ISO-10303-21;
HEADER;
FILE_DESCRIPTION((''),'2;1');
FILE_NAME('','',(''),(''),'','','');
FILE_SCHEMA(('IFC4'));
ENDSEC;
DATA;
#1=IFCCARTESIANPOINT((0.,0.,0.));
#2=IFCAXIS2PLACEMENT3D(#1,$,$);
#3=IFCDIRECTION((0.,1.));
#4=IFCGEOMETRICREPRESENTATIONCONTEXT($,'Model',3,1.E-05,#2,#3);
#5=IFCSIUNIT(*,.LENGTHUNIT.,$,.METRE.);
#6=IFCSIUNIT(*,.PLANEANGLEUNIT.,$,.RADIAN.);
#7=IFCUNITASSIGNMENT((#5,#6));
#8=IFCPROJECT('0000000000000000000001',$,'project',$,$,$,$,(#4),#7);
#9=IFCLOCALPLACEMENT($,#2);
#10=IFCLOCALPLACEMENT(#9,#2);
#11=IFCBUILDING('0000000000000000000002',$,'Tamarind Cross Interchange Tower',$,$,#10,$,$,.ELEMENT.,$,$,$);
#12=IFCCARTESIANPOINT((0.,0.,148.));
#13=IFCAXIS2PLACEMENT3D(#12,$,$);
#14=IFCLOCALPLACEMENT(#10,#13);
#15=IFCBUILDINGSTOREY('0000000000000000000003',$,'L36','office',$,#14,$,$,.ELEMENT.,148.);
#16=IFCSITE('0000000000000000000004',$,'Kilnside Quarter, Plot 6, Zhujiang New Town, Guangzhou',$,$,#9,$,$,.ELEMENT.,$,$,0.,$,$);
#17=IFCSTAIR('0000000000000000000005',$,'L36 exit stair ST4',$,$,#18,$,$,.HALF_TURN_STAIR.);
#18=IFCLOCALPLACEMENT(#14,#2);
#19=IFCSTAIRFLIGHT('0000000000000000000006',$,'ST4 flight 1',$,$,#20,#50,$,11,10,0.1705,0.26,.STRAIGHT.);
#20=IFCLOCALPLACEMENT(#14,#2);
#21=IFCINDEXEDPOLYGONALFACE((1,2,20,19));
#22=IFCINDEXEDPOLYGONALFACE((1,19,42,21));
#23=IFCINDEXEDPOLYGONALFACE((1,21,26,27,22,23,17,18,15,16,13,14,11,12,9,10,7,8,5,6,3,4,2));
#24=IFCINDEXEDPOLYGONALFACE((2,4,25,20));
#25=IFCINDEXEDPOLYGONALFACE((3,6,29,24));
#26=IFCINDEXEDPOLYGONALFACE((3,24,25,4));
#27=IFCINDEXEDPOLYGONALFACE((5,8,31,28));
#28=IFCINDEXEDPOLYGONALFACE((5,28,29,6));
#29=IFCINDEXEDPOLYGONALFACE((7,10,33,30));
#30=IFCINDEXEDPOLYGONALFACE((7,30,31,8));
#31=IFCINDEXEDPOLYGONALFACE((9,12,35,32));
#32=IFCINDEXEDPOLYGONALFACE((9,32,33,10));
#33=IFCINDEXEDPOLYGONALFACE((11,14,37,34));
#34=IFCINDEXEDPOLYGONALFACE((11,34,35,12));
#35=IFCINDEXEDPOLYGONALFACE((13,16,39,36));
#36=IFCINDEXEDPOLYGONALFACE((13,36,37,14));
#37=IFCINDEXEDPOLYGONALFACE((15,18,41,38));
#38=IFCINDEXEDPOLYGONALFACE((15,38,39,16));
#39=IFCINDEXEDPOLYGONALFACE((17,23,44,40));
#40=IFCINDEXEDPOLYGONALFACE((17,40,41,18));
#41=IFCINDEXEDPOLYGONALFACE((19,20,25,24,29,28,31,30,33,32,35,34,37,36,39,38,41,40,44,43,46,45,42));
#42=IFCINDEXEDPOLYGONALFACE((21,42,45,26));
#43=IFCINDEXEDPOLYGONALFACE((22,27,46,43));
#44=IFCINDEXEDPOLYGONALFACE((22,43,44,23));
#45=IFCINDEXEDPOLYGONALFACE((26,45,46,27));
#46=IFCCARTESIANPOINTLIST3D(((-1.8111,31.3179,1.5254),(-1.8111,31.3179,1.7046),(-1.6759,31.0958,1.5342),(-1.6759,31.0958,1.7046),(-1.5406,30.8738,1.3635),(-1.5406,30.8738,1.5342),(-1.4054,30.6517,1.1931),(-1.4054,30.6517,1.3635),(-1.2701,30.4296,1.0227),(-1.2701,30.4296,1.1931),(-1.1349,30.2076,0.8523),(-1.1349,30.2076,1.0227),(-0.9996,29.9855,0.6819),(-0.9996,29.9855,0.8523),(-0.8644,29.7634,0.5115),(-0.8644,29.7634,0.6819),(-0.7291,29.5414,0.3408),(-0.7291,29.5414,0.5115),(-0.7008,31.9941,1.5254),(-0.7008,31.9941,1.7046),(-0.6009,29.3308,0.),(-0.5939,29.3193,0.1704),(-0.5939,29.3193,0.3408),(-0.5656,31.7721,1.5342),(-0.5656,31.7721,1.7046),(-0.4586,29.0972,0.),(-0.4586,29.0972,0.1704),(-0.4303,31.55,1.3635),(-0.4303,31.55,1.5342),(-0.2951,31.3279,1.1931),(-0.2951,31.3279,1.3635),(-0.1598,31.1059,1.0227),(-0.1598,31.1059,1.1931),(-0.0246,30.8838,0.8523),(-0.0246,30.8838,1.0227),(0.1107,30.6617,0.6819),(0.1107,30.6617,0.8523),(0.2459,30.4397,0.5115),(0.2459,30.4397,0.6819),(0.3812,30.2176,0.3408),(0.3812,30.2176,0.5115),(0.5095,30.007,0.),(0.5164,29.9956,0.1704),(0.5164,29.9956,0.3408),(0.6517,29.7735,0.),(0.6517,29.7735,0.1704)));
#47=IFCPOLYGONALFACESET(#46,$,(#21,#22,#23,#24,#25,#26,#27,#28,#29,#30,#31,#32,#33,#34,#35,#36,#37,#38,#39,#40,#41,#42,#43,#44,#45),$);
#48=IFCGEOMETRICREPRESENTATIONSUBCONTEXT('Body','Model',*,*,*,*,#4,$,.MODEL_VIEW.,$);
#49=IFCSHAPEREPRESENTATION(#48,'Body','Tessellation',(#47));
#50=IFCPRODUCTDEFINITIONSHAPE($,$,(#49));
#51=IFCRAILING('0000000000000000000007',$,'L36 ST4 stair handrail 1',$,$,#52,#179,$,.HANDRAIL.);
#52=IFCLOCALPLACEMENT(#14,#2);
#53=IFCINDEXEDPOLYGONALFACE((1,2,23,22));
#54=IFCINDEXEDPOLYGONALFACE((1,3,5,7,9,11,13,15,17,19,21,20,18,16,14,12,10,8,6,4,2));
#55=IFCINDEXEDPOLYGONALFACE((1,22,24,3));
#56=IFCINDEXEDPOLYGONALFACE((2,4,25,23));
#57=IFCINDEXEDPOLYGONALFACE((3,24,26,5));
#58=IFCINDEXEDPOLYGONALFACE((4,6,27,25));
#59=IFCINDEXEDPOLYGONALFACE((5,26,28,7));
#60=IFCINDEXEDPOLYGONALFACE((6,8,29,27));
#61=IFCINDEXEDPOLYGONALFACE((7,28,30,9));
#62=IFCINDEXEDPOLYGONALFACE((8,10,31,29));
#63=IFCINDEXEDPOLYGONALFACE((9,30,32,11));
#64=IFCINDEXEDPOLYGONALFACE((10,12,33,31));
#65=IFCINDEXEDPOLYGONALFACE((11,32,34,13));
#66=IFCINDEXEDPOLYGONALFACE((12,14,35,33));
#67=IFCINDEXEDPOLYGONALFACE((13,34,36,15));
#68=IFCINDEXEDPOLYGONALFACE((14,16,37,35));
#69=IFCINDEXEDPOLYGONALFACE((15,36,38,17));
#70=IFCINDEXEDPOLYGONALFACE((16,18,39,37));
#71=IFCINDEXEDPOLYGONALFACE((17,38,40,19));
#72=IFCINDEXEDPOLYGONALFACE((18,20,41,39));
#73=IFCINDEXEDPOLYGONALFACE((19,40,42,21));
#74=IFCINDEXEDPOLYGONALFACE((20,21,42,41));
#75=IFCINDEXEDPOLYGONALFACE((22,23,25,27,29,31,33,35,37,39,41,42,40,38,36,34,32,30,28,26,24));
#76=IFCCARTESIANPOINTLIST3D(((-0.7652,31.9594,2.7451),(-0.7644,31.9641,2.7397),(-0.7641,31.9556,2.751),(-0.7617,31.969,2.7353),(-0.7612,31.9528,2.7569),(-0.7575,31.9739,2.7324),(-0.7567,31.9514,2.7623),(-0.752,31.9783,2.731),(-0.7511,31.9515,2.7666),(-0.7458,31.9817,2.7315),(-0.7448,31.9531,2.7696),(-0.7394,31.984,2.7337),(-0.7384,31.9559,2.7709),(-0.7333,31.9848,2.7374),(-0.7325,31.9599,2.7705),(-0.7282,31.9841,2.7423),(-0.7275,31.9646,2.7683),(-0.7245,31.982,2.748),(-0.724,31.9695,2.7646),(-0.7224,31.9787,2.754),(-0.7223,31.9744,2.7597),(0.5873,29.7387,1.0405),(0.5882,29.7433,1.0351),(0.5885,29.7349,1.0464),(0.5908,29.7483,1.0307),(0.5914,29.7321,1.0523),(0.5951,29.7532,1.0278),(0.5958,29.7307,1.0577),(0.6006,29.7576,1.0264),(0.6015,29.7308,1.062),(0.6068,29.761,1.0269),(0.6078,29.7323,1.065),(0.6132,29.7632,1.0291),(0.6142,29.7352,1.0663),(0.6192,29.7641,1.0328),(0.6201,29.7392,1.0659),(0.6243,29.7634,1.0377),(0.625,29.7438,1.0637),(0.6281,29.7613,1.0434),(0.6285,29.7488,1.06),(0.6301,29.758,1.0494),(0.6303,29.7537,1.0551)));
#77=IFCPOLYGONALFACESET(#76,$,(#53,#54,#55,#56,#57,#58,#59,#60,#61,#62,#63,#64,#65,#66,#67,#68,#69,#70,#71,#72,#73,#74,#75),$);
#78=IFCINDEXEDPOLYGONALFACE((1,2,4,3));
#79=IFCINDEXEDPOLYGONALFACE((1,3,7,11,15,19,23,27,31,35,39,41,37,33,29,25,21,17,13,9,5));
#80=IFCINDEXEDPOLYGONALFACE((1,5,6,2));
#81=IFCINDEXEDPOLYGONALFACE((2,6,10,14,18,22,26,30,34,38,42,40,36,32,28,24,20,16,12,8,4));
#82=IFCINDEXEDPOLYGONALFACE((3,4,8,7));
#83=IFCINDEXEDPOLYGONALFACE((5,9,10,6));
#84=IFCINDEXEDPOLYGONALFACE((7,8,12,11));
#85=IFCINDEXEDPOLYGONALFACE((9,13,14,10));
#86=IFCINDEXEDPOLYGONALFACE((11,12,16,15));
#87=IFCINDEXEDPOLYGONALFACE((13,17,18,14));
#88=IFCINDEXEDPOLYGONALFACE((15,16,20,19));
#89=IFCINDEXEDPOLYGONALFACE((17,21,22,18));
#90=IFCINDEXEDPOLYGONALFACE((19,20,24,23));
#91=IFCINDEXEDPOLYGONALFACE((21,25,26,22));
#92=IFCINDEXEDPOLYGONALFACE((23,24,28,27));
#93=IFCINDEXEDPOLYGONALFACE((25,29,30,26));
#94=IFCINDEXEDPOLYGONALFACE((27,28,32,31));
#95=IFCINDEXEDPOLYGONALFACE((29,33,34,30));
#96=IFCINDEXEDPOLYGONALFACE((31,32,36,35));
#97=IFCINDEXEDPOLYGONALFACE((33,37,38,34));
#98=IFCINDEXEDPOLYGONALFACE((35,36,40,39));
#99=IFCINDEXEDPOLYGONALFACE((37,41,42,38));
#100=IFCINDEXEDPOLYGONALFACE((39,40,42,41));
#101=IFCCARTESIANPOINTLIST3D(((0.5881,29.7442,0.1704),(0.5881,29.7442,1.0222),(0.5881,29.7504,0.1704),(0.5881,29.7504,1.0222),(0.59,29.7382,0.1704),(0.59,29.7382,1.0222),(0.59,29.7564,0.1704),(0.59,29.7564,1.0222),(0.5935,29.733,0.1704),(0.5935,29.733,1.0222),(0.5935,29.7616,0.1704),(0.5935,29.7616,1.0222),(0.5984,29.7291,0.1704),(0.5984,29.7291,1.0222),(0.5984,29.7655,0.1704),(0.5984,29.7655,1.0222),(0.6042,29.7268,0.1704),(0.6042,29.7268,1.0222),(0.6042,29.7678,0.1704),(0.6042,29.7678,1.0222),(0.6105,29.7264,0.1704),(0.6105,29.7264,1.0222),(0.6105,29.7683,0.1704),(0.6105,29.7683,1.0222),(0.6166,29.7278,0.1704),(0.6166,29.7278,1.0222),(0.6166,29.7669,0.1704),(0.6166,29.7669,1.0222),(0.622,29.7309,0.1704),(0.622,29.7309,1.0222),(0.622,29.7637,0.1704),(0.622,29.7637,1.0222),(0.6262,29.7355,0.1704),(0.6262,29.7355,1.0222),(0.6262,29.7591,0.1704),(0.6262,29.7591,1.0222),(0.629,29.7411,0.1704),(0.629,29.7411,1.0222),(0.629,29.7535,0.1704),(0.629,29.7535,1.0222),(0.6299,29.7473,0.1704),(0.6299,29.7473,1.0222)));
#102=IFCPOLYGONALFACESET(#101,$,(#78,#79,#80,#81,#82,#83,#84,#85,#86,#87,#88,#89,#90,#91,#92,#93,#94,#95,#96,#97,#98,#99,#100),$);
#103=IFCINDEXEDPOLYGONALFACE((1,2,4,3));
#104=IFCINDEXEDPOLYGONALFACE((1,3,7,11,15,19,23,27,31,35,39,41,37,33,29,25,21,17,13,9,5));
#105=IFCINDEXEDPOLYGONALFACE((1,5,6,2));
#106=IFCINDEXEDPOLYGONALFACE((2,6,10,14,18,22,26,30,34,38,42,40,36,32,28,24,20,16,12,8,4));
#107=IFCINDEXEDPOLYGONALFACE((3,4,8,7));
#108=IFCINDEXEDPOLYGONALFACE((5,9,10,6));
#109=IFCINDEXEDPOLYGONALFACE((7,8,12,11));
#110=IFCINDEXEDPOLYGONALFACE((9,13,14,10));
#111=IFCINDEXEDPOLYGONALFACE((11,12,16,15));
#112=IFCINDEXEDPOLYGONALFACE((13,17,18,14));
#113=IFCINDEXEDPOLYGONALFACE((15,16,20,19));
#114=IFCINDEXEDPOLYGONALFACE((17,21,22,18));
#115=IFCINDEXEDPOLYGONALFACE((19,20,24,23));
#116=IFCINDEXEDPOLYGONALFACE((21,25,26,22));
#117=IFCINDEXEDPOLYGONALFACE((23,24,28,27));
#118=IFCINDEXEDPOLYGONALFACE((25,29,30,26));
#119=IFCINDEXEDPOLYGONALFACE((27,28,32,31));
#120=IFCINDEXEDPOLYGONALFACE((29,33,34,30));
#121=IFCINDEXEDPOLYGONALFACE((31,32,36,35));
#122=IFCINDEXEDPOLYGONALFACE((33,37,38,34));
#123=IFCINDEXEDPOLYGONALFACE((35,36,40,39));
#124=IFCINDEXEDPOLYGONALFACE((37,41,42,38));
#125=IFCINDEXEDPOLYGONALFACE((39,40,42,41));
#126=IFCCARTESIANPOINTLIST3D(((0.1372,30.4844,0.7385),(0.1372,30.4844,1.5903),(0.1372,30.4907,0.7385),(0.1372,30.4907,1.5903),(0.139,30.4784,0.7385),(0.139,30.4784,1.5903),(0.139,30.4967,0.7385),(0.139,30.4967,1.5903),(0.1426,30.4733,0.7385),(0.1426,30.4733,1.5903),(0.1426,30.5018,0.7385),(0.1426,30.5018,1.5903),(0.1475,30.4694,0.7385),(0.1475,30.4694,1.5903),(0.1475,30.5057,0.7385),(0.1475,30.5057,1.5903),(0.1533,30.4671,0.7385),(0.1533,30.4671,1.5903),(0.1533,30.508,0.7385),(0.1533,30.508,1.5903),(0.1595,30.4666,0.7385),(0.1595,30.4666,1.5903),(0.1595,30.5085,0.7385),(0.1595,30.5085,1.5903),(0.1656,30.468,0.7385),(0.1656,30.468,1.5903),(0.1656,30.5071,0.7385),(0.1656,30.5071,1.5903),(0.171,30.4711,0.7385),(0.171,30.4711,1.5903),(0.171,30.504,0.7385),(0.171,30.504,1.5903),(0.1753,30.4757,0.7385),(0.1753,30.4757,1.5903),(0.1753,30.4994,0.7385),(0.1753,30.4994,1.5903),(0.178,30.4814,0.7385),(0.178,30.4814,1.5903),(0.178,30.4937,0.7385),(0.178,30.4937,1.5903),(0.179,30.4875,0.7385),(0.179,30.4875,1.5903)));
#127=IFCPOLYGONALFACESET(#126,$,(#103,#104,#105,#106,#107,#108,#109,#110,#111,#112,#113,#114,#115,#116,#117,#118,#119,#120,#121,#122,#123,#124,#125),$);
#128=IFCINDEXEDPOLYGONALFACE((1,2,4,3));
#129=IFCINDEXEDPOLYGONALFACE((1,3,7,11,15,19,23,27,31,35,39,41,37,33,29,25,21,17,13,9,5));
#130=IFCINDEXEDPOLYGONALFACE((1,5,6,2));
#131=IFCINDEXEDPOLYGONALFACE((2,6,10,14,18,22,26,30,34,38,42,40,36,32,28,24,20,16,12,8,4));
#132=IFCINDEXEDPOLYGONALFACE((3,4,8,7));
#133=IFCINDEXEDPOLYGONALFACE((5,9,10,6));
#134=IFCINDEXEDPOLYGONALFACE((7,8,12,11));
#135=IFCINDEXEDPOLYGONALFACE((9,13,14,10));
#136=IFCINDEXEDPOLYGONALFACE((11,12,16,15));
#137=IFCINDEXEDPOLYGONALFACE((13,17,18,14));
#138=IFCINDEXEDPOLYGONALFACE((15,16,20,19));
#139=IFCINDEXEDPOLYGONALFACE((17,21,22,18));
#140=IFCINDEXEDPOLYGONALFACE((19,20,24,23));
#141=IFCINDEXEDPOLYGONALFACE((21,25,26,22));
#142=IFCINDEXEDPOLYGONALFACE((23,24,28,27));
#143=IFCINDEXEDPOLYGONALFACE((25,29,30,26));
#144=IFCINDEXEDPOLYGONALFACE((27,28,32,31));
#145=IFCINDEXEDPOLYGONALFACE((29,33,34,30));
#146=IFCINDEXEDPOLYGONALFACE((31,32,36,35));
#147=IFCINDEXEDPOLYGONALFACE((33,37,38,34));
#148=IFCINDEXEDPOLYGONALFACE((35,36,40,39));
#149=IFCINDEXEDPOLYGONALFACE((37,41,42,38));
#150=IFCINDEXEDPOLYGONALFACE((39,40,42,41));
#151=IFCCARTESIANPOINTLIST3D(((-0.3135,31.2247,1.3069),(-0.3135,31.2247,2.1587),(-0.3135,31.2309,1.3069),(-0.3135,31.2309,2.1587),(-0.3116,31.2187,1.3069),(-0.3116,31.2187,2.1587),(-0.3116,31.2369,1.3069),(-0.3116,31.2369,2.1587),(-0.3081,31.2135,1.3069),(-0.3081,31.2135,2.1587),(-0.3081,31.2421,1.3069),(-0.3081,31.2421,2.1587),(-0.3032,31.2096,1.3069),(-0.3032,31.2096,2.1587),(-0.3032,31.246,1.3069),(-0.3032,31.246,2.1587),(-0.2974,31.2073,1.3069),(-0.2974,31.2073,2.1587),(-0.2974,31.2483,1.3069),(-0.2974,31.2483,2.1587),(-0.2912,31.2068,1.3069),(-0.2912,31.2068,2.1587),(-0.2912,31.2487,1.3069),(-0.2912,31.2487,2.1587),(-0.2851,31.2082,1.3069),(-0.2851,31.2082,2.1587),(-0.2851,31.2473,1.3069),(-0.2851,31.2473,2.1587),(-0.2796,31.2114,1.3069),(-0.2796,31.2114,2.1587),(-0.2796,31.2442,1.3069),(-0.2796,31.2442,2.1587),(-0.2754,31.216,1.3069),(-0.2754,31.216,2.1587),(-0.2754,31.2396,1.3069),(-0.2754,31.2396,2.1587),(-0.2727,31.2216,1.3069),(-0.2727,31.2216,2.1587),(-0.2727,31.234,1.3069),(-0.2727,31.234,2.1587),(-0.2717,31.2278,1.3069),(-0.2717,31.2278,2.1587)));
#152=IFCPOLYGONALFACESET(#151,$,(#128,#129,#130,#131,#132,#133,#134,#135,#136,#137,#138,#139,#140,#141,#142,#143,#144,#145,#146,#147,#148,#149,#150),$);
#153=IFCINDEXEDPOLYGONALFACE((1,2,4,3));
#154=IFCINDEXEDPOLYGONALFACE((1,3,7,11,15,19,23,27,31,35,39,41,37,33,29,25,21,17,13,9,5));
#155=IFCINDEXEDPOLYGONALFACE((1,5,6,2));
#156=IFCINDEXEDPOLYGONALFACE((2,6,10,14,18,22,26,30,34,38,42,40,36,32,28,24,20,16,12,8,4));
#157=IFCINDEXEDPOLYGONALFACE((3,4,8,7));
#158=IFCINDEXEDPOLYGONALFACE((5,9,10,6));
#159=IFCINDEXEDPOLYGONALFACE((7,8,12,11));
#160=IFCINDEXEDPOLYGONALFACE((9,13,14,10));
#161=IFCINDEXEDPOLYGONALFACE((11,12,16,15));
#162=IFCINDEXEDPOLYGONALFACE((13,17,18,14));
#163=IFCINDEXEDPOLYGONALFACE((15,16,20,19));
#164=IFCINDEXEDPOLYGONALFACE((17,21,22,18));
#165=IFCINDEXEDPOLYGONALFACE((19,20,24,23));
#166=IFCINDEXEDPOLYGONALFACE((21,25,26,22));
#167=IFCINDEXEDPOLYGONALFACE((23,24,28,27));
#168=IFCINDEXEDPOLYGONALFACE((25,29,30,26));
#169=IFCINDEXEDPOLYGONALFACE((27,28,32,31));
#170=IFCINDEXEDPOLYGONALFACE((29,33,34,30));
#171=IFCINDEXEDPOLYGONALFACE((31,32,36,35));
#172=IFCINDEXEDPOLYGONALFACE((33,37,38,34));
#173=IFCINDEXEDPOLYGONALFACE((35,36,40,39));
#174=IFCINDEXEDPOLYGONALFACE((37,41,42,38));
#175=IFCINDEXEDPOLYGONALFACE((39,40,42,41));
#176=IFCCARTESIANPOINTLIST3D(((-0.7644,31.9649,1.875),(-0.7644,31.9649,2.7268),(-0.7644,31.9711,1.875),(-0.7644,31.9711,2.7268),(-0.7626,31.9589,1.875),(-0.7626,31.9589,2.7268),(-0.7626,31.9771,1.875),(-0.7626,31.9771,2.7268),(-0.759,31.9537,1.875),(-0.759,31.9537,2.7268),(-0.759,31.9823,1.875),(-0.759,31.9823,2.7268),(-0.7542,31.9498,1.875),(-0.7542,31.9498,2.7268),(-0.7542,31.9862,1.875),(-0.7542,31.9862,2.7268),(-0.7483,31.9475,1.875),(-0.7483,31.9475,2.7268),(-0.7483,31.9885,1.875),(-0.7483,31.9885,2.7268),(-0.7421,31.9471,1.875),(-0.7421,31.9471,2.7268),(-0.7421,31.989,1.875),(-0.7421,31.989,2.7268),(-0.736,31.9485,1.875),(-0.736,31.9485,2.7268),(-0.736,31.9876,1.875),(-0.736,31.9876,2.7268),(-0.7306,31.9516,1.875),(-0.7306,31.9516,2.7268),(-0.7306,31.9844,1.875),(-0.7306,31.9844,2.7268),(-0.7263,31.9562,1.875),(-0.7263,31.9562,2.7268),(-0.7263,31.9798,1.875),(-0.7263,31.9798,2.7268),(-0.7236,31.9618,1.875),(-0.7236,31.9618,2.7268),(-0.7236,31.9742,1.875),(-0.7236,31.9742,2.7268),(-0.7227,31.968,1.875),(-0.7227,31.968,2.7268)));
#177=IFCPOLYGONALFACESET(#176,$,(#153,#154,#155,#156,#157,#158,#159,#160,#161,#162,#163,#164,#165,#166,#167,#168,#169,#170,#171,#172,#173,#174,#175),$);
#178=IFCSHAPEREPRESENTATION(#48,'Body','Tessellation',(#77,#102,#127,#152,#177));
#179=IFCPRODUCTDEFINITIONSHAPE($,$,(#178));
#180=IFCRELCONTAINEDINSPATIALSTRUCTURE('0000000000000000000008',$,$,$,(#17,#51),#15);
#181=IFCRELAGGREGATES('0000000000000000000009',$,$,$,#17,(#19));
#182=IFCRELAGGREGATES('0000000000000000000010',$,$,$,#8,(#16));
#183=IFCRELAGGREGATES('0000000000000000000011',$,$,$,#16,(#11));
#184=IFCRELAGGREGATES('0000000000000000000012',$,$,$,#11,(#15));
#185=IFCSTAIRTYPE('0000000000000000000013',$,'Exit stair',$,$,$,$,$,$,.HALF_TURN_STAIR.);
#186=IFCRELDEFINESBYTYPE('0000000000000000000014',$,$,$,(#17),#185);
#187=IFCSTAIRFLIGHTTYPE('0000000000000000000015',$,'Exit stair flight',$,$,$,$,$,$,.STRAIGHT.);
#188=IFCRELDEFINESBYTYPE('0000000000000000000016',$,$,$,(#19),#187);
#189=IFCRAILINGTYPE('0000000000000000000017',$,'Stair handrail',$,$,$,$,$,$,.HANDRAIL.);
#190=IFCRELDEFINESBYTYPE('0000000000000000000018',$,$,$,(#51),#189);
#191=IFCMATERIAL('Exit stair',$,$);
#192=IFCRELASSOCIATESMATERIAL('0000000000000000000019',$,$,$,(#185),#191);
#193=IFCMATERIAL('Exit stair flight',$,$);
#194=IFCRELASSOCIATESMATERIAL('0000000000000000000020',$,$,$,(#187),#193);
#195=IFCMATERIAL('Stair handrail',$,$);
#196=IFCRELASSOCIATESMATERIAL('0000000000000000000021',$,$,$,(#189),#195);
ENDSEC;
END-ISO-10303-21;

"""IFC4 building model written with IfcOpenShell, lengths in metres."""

from ifc_helpers import new_model, si_unit, direction, frame, origin, origin_2d, place, context, subcontext, project, spatial, polyline, circle, outline, extrude, material, type_object, element, aggregate, save


model = new_model("IFC4")

# Units and contexts
model_context = context("Model", 3, precision=1e-05, world=origin(), true_north=direction((0.0, 1.0)))
body_context = subcontext(model_context, "Body", "Model", "MODEL_VIEW")
ifc_project = project(units=[si_unit("LENGTHUNIT", "METRE"), si_unit("PLANEANGLEUNIT", "RADIAN")], contexts=[model_context])

# Site, building, storey
site_placement = place(None, origin())
site = spatial("IfcSite", under=ifc_project, at=site_placement, Name="Kilnside Quarter, Plot 6, Zhujiang New Town, Guangzhou", CompositionType="ELEMENT", RefElevation=0.0)
building_placement = place(site_placement, origin())
building = spatial("IfcBuilding", under=site, at=building_placement, Name="Tamarind Cross Interchange Tower", CompositionType="ELEMENT")
storey_placement = place(building_placement, frame((0.0, 0.0, 148.0)))
storey = spatial("IfcBuildingStorey", under=building, at=storey_placement, Name="L36", Description="office", CompositionType="ELEMENT", Elevation=148.0)

# Stair, stair flight
ifc_material_1 = material(Name="Exit stair")
stair_type = type_object("IfcStairType", Name="Exit stair", PredefinedType="HALF_TURN_STAIR", material=ifc_material_1)
stair_placement = place(storey_placement, origin())
stair = element("IfcStair", 1, at=stair_placement, inside=storey, type_object=stair_type, Name="L36 exit stair ST4", PredefinedType="HALF_TURN_STAIR")
ifc_material_2 = material(Name="Exit stair flight")
stair_flight_type = type_object("IfcStairFlightType", Name="Exit stair flight", PredefinedType="STRAIGHT", material=ifc_material_2)
stair_flight_placement = place(storey_placement, frame((0.0964, 29.4353, 0.0), z_axis=(0.0, 0.0, 1.0), x_axis=(-0.520175, 0.85406, 0.0)))
stair_flight = element("IfcStairFlight", 2, at=stair_flight_placement, type_object=stair_flight_type, Name="ST4 flight 1", NumberOfRisers=11, NumberOfTreads=10, PredefinedType="STRAIGHT", RiserHeight=0.1705, TreadLength=0.26, context=body_context, shape_type="SweptSolid", body=[
    extrude(outline(polyline([(0.0, 0.0), (0.0, 0.1704), (0.26, 0.1704), (0.26, 0.3408), (0.52, 0.3408), (0.52, 0.5115), (0.78, 0.5115), (0.78, 0.6819), (1.04, 0.6819), (1.04, 0.8523), (1.3, 0.8523), (1.3, 1.0227), (1.5601, 1.0227), (1.5601, 1.1931), (1.8201, 1.1931), (1.8201, 1.3635), (2.0801, 1.3635), (2.0801, 1.5342), (2.3401, 1.5342), (2.3401, 1.7046), (2.6001, 1.7046), (2.6001, 1.875), (2.6001, 1.5254), (0.2734, 0.0), (0.0, 0.0)])), frame((0.0, 0.6499, 0.0), z_axis=(0.0, -1.0, 0.0), x_axis=(1.0, 0.0, 0.0)), (0.0, 0.0, 1.0), 1.3),
])
aggregate(stair, [stair_flight])

# Railing
ifc_material_3 = material(Name="Stair handrail")
railing_type = type_object("IfcRailingType", Name="Stair handrail", PredefinedType="HANDRAIL", material=ifc_material_3)
railing_placement = place(storey_placement, frame((0.6089, 29.7473, 0.1704)))
element("IfcRailing", 3, at=railing_placement, inside=storey, type_object=railing_type, Name="L36 ST4 stair handrail 1", PredefinedType="HANDRAIL", context=body_context, shape_type="SweptSolid", body=[
    extrude(circle(Radius=0.0239, at=origin_2d()), frame((0.0, 0.0, 0.876), z_axis=(-0.435026, 0.714259, 0.548258), x_axis=(-0.854061, -0.520173, 0.0)), (0.0, 0.0, 1.0), 3.1091),
    extrude(circle(Radius=0.021, at=origin_2d()), origin(), (0.0, 0.0, 1.0), 0.8518),
    extrude(circle(Radius=0.021, at=origin_2d()), frame((-0.4509, 0.7402, 0.5681)), (0.0, 0.0, 1.0), 0.8518),
    extrude(circle(Radius=0.021, at=origin_2d()), frame((-0.9016, 1.4805, 1.1365)), (0.0, 0.0, 1.0), 0.8518),
    extrude(circle(Radius=0.021, at=origin_2d()), frame((-1.3525, 2.2207, 1.7046)), (0.0, 0.0, 1.0), 0.8518),
])

save(model, "model.ifc")
